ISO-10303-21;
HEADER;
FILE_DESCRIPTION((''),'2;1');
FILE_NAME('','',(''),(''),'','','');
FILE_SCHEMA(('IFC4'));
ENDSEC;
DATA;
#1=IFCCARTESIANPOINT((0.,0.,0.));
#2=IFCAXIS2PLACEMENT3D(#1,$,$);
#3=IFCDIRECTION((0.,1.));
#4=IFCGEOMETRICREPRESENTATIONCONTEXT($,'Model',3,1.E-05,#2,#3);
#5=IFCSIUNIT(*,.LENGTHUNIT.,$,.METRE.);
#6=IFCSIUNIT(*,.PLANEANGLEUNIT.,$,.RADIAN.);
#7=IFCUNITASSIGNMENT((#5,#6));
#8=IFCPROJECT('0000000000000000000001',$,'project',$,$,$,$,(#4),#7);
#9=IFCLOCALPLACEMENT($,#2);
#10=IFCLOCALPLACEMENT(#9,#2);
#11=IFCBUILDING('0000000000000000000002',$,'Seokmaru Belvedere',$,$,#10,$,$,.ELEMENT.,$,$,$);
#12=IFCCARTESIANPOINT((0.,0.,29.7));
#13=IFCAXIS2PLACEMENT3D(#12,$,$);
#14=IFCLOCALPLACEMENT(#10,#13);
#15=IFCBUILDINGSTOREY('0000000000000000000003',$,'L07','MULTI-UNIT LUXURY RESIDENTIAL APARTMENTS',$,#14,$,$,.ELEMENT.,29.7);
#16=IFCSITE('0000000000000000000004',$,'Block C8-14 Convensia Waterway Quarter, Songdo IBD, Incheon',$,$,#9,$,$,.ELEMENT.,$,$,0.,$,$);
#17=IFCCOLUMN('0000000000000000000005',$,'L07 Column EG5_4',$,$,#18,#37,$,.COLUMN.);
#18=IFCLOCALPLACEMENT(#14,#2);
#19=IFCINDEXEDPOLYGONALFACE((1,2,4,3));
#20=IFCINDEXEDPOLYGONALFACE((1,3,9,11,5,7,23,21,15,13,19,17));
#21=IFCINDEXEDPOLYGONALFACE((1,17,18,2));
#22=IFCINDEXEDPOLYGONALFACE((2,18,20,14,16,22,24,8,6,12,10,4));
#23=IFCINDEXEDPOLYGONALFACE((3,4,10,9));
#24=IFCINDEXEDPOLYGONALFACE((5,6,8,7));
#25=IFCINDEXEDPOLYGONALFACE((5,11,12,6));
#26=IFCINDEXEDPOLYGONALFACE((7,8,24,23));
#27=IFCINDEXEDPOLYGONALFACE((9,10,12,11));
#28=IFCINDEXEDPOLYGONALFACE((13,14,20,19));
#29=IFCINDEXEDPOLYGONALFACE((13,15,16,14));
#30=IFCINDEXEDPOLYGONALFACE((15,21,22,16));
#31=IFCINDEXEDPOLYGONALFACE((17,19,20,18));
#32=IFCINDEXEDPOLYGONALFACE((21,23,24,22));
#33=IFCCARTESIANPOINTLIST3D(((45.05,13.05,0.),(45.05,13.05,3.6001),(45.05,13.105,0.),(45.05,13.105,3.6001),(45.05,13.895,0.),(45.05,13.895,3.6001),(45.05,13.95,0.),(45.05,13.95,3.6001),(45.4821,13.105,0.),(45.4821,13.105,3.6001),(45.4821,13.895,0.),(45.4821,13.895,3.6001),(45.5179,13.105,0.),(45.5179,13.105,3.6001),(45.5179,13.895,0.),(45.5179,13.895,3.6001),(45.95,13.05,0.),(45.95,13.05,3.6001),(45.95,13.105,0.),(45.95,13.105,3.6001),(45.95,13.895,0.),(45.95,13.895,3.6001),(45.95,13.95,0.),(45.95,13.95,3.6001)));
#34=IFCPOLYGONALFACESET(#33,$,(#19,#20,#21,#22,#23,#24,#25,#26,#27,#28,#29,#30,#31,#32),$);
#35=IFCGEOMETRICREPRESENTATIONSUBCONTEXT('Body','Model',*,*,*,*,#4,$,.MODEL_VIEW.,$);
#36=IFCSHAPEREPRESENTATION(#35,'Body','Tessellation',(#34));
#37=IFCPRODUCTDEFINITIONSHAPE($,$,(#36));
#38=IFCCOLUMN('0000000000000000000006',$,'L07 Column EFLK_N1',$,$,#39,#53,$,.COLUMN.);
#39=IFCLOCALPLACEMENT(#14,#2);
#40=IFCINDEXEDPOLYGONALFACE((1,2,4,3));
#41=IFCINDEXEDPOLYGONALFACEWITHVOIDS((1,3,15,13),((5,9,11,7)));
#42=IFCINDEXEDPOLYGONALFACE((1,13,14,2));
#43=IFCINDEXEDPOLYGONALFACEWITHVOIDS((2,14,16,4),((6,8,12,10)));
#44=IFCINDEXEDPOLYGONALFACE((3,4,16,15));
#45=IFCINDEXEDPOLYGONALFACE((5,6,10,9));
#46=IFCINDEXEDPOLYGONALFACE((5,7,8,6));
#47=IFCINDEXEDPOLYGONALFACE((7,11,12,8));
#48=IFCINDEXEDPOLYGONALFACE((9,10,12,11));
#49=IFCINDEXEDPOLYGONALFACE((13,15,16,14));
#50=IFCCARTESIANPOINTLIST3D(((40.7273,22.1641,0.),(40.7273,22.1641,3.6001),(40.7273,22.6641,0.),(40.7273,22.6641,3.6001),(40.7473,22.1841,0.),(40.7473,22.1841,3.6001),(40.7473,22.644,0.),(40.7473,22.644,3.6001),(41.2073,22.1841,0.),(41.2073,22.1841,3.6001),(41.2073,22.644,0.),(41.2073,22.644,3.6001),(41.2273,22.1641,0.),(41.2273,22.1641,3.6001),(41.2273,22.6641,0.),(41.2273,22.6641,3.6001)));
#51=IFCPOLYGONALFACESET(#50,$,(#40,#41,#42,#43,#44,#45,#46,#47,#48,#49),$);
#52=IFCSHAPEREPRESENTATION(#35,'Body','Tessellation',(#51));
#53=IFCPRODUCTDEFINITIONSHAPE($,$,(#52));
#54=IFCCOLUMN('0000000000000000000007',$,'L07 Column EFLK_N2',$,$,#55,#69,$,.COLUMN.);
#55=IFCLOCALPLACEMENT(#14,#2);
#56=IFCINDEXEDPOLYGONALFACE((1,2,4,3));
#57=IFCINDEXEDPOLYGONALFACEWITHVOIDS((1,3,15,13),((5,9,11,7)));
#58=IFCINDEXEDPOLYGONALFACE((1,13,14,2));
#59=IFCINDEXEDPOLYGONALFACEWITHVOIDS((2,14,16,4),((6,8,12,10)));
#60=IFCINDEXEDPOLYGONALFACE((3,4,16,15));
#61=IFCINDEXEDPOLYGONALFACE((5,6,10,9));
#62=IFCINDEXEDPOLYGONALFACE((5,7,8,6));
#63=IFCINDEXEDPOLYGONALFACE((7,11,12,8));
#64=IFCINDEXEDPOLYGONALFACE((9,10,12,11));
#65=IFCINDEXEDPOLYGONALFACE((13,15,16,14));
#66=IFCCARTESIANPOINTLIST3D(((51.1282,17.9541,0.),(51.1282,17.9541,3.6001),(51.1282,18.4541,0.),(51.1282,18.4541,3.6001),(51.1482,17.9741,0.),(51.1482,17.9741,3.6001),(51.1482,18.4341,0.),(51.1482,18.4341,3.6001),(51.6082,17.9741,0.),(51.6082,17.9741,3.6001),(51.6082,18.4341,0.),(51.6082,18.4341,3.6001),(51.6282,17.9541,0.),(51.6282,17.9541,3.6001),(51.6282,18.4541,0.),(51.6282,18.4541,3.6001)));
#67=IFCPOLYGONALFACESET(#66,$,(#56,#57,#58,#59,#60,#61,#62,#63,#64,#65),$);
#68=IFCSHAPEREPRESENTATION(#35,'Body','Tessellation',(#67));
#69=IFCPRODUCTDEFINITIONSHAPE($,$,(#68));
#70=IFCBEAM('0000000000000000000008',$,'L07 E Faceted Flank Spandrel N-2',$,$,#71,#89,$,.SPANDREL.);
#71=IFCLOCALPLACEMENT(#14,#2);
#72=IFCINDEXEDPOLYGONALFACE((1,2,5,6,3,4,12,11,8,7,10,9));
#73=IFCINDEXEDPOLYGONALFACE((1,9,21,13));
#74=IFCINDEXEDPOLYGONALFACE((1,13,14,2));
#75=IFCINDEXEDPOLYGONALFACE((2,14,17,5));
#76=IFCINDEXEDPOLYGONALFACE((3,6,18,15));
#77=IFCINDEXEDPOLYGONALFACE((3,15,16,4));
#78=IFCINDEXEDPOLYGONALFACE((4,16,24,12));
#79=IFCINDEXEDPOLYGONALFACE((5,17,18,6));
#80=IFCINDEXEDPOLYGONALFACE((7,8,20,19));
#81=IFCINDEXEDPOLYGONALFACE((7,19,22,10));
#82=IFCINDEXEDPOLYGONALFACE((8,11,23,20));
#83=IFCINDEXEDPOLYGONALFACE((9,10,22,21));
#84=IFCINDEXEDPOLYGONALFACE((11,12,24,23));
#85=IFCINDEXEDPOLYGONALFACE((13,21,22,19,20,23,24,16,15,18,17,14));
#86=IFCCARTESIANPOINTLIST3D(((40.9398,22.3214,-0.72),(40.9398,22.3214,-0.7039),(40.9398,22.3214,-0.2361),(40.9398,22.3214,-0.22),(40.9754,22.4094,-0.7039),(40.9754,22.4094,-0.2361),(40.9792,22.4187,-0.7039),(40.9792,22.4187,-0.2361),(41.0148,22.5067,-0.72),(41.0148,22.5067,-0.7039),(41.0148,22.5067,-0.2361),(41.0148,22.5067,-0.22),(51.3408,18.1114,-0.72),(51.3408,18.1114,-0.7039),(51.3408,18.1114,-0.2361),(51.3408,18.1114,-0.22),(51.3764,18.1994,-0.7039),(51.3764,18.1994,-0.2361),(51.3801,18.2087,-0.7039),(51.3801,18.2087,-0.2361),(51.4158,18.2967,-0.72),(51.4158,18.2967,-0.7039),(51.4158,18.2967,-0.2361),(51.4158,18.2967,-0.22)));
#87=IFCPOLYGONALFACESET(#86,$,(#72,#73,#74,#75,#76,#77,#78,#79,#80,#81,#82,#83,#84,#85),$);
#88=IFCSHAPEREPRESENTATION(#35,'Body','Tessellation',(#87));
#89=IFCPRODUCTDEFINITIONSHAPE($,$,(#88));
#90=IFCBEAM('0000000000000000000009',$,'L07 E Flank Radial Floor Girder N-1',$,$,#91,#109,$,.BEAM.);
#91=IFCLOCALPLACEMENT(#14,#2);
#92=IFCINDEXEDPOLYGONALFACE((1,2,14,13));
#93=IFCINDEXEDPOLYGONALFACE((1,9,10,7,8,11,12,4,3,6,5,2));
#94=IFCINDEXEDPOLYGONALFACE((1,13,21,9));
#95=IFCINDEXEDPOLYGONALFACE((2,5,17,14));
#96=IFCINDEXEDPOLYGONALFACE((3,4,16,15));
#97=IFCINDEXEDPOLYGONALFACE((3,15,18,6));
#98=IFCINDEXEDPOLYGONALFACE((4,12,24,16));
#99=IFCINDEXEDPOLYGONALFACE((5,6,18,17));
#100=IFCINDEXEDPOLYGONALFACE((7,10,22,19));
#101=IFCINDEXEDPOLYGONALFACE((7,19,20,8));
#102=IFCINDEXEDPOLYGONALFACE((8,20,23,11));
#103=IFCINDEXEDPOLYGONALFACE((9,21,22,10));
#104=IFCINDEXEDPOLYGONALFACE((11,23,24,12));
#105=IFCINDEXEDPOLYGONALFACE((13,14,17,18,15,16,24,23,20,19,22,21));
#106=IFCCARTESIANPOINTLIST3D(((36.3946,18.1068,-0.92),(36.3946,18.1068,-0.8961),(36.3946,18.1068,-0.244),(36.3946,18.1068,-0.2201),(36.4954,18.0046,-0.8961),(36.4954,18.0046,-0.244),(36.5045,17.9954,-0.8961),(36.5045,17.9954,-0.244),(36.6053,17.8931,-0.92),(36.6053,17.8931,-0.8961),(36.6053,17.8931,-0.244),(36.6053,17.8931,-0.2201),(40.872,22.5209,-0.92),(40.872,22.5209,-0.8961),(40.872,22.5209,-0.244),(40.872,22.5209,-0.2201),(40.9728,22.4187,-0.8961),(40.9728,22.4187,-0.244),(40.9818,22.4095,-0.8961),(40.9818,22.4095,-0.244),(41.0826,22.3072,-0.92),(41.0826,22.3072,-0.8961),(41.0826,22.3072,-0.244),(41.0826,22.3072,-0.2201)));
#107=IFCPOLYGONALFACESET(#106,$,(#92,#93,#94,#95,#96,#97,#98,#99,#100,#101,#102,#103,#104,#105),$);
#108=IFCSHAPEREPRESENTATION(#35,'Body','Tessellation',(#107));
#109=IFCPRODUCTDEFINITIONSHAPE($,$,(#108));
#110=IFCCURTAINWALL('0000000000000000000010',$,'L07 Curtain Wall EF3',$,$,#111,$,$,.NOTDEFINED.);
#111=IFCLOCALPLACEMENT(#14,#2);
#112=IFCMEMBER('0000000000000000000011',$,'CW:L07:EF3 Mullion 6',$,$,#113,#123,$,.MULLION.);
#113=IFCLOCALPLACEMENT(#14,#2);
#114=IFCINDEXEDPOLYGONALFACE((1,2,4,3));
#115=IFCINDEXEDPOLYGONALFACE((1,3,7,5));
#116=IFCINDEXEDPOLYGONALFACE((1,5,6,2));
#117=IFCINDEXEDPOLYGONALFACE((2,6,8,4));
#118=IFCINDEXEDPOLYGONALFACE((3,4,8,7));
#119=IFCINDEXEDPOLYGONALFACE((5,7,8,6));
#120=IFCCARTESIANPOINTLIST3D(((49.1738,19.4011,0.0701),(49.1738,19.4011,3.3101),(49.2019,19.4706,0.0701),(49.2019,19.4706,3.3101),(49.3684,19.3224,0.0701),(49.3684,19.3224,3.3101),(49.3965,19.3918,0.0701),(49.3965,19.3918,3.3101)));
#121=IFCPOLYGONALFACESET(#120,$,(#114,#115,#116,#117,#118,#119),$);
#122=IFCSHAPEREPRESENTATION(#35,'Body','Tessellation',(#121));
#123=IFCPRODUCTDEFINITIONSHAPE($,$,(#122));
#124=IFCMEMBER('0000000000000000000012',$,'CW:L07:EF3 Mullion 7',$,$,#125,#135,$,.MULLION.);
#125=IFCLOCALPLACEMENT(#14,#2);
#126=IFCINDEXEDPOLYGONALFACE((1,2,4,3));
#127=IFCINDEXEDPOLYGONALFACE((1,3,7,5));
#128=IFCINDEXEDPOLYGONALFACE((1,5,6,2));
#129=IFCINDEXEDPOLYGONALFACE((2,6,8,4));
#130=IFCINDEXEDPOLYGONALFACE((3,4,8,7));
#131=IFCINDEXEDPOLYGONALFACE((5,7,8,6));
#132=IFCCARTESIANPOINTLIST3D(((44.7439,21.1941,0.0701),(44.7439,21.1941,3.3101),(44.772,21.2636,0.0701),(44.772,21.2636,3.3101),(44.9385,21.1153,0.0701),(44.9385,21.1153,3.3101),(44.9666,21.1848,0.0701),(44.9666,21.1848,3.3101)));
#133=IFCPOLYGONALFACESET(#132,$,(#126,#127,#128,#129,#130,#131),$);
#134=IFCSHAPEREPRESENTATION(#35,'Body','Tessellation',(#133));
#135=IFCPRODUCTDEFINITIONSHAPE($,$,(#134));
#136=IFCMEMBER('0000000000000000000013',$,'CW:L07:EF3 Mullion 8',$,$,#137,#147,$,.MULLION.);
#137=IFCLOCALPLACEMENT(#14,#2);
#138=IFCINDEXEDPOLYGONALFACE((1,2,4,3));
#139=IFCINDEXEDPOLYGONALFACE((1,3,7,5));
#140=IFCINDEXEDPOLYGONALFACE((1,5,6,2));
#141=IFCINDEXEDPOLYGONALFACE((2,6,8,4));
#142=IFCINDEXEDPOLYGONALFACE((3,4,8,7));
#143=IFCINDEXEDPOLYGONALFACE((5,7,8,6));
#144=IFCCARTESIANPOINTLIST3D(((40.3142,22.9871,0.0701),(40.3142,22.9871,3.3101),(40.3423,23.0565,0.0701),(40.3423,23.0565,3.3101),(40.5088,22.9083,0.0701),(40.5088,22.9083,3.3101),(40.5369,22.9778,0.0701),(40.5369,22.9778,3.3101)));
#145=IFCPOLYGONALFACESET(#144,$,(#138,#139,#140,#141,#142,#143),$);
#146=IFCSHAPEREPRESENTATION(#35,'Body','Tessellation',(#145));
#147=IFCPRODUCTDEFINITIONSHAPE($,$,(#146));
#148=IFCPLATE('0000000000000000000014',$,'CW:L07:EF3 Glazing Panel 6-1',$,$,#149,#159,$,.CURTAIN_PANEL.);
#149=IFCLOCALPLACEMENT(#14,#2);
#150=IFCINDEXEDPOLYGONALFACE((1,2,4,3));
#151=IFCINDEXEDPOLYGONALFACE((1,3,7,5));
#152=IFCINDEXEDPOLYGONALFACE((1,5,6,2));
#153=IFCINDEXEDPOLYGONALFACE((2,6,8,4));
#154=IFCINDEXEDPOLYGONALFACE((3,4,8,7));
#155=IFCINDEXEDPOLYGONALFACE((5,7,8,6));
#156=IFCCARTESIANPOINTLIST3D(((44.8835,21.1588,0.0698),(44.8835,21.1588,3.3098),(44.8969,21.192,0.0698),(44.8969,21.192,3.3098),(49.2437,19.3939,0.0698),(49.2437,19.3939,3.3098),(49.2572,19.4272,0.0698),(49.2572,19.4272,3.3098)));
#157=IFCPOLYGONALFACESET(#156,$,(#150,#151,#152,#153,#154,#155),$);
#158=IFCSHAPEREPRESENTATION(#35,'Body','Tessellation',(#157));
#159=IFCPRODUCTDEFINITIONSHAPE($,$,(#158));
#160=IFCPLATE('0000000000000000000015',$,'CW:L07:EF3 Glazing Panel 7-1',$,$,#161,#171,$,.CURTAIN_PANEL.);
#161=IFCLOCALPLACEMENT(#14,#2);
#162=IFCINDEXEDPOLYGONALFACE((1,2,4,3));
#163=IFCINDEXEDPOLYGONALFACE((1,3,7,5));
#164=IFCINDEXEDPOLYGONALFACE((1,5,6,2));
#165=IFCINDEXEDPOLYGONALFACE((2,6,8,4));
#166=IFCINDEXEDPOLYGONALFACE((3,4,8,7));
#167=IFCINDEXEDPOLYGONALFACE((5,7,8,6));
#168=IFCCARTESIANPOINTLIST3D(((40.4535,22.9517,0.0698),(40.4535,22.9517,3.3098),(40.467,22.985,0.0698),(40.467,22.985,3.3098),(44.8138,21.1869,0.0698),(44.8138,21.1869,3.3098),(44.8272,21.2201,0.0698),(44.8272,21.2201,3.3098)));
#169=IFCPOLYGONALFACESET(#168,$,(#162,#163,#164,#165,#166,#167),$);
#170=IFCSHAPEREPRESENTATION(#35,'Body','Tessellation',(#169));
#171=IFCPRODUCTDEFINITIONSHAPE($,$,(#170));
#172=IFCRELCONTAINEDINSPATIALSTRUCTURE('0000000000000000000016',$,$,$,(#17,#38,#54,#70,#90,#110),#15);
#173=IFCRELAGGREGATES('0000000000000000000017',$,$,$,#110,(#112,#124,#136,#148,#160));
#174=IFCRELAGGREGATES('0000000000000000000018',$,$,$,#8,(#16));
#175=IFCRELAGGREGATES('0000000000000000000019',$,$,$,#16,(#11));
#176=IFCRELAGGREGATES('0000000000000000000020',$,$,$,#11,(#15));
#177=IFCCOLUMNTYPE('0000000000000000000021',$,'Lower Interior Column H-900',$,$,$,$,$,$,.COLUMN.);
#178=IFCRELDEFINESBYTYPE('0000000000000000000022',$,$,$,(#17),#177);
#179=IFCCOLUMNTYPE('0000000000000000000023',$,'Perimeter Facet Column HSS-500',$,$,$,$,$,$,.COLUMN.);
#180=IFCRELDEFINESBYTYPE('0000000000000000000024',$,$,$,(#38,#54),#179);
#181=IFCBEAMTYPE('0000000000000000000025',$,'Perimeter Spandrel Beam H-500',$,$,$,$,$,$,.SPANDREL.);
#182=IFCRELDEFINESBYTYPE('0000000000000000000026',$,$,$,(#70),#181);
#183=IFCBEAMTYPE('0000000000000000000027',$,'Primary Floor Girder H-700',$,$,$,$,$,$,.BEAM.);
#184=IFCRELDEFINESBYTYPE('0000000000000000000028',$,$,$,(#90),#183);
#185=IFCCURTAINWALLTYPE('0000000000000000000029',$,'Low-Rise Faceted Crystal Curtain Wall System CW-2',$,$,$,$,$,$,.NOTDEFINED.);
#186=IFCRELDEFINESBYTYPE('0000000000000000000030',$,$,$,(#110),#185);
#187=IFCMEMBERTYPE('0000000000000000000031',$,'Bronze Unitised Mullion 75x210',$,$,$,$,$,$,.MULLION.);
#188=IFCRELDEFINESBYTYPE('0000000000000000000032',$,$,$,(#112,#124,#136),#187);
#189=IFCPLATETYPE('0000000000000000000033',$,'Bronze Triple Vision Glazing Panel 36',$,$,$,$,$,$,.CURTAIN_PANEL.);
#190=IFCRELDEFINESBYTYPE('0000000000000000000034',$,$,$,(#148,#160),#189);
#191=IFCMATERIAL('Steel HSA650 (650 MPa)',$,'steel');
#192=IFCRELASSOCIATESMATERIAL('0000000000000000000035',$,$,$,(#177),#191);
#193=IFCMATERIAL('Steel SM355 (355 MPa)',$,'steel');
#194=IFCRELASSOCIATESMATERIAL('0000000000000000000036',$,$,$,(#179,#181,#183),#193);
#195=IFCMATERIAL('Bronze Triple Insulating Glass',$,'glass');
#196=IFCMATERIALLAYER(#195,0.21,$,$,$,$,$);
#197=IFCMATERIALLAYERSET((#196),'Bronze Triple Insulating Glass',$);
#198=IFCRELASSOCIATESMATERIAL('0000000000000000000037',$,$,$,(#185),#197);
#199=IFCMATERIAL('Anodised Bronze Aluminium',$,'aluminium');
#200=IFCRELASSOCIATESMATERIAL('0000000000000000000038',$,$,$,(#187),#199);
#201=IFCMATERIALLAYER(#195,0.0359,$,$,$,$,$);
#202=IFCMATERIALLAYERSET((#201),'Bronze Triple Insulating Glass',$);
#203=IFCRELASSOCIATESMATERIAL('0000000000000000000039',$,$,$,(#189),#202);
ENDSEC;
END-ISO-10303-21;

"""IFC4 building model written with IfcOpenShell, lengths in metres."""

from ifc_helpers import new_model, si_unit, direction, frame, origin, origin_2d, place, context, subcontext, project, spatial, rectangle, hollow_rectangle, i_section, extrude, source, transform, mapped, material, layer, layer_set, material_profile, profile_set, type_object, type_shapes, element, aggregate, save


model = new_model("IFC4")

# Units and contexts
model_context = context("Model", 3, precision=1e-05, world=origin(), true_north=direction((0.0, 1.0)))
body_context = subcontext(model_context, "Body", "Model", "MODEL_VIEW")
ifc_project = project(units=[si_unit("LENGTHUNIT", "METRE"), si_unit("PLANEANGLEUNIT", "RADIAN")], contexts=[model_context])

# Site, building, storey
site_placement = place(None, origin())
site = spatial("IfcSite", under=ifc_project, at=site_placement, Name="Block C8-14 Convensia Waterway Quarter, Songdo IBD, Incheon", CompositionType="ELEMENT", RefElevation=0.0)
building_placement = place(site_placement, origin())
building = spatial("IfcBuilding", under=site, at=building_placement, Name="Seokmaru Belvedere", CompositionType="ELEMENT")
storey_placement = place(building_placement, frame((0.0, 0.0, 29.7)))
storey = spatial("IfcBuildingStorey", under=building, at=storey_placement, Name="L07", Description="MULTI-UNIT LUXURY RESIDENTIAL APARTMENTS", CompositionType="ELEMENT", Elevation=29.7)

# Columns
ifc_material_1 = material(Name="Steel HSA650 (650 MPa)", Category="steel")
ifc_material_profile_1 = material_profile(ifc_material_1, i_section(OverallWidth=0.8999, OverallDepth=0.8999, WebThickness=0.0359, FlangeThickness=0.0549, at=origin_2d()), Name="H-900x900x36x55")
ifc_profile_set_1 = profile_set([ifc_material_profile_1], Name="Steel HSA650 (650 MPa)")
column_type_1 = type_object("IfcColumnType", Name="Lower Interior Column H-900", PredefinedType="COLUMN", material=ifc_profile_set_1)
shared_shape_1 = source(origin(), body_context, "Body", "SweptSolid", [
    extrude(i_section(OverallWidth=0.8999, OverallDepth=0.8999, WebThickness=0.0359, FlangeThickness=0.0549, at=origin_2d()), origin(), (0.0, 0.0, 1.0), 3.6001),
])
type_shapes(column_type_1, [shared_shape_1])
column_placement = place(storey_placement, frame((45.5, 13.5, 0.0), z_axis=(0.0, 0.0, 1.0), x_axis=(1.0, 0.0, 0.0)))
element("IfcColumn", 1, at=column_placement, inside=storey, type_object=column_type_1, Name="L07 Column EG5_4", PredefinedType="COLUMN", context=body_context, shape_type="MappedRepresentation", body=[
    mapped(shared_shape_1, transform((0.0, 0.0, 0.0), scale=1.0)),
])
ifc_material_2 = material(Name="Steel SM355 (355 MPa)", Category="steel")
ifc_material_profile_2 = material_profile(ifc_material_2, hollow_rectangle(XDim=0.5, YDim=0.5, WallThickness=0.02, at=origin_2d()), Name="HSS-500x500x20")
ifc_profile_set_2 = profile_set([ifc_material_profile_2], Name="Steel SM355 (355 MPa)")
column_type_2 = type_object("IfcColumnType", Name="Perimeter Facet Column HSS-500", PredefinedType="COLUMN", material=ifc_profile_set_2)
shared_shape_2 = source(origin(), body_context, "Body", "SweptSolid", [
    extrude(hollow_rectangle(XDim=0.5, YDim=0.5, WallThickness=0.02, at=origin_2d()), origin(), (0.0, 0.0, 1.0), 3.6001),
])
type_shapes(column_type_2, [shared_shape_2])
for number, where, z_axis, x_axis, name in (
    (2, (40.9773, 22.4141, 0.0), (0.0, 0.0, 1.0), (1.0, 0.0, 0.0), "L07 Column EFLK_N1"),
    (3, (51.3782, 18.2041, 0.0), (0.0, 0.0, 1.0), (1.0, 0.0, 0.0), "L07 Column EFLK_N2"),
):
    element("IfcColumn", number, at=place(storey_placement, frame(where, z_axis=z_axis, x_axis=x_axis)), inside=storey, type_object=column_type_2, Name=name, PredefinedType="COLUMN", context=body_context, shape_type="MappedRepresentation", body=[
        mapped(shared_shape_2, transform((0.0, 0.0, 0.0), scale=1.0)),
    ])

# Beams
ifc_material_profile_3 = material_profile(ifc_material_2, i_section(OverallWidth=0.2, OverallDepth=0.5, WebThickness=0.01, FlangeThickness=0.0161, at=origin_2d()), Name="H-500x200x10x16")
ifc_profile_set_3 = profile_set([ifc_material_profile_3], Name="Steel SM355 (355 MPa)")
beam_type_1 = type_object("IfcBeamType", Name="Perimeter Spandrel Beam H-500", PredefinedType="SPANDREL", material=ifc_profile_set_3)
shared_shape_3 = source(origin(), body_context, "Body", "SweptSolid", [
    extrude(i_section(OverallWidth=0.2, OverallDepth=0.5, WebThickness=0.01, FlangeThickness=0.0161, at=origin_2d()), origin(), (0.0, 0.0, 1.0), 11.2207),
])
type_shapes(beam_type_1, [shared_shape_3])
beam_1_placement = place(storey_placement, frame((40.9773, 22.4141, -0.47), z_axis=(0.926944, -0.375199, 0.0), x_axis=(0.375199, 0.926944, 0.0)))
element("IfcBeam", 4, at=beam_1_placement, inside=storey, type_object=beam_type_1, Name="L07 E Faceted Flank Spandrel N-2", PredefinedType="SPANDREL", context=body_context, shape_type="MappedRepresentation", body=[
    mapped(shared_shape_3, transform((0.0, 0.0, 0.0), scale=1.0)),
])
ifc_material_profile_4 = material_profile(ifc_material_2, i_section(OverallWidth=0.3, OverallDepth=0.7, WebThickness=0.0129, FlangeThickness=0.0239, at=origin_2d()), Name="H-700x300x13x24")
ifc_profile_set_4 = profile_set([ifc_material_profile_4], Name="Steel SM355 (355 MPa)")
beam_type_2 = type_object("IfcBeamType", Name="Primary Floor Girder H-700", PredefinedType="BEAM", material=ifc_profile_set_4)
shared_shape_4 = source(origin(), body_context, "Body", "SweptSolid", [
    extrude(i_section(OverallWidth=0.3, OverallDepth=0.7, WebThickness=0.0129, FlangeThickness=0.0239, at=origin_2d()), origin(), (0.0, 0.0, 1.0), 6.2874),
])
type_shapes(beam_type_2, [shared_shape_4])
beam_2_placement = place(storey_placement, frame((40.9773, 22.4141, -0.5701), z_axis=(-0.712117, -0.70206, 0.0), x_axis=(0.70206, -0.712117, 0.0)))
element("IfcBeam", 5, at=beam_2_placement, inside=storey, type_object=beam_type_2, Name="L07 E Flank Radial Floor Girder N-1", PredefinedType="BEAM", context=body_context, shape_type="MappedRepresentation", body=[
    mapped(shared_shape_4, transform((0.0, 0.0, 0.0), scale=1.0)),
])

# Curtain wall, members, plates
ifc_material_3 = material(Name="Bronze Triple Insulating Glass", Category="glass")
ifc_layer_1 = layer(ifc_material_3, 0.21)
ifc_layer_set_1 = layer_set([ifc_layer_1], Name="Bronze Triple Insulating Glass")
curtain_wall_type = type_object("IfcCurtainWallType", Name="Low-Rise Faceted Crystal Curtain Wall System CW-2", PredefinedType="NOTDEFINED", material=ifc_layer_set_1)
curtain_wall_placement = place(storey_placement, origin())
curtain_wall = element("IfcCurtainWall", 6, at=curtain_wall_placement, inside=storey, type_object=curtain_wall_type, Name="L07 Curtain Wall EF3", PredefinedType="NOTDEFINED")
ifc_material_4 = material(Name="Anodised Bronze Aluminium", Category="aluminium")
ifc_material_profile_5 = material_profile(ifc_material_4, rectangle(XDim=0.075, YDim=0.21, at=origin_2d()), Name="CW-M-75x210")
ifc_profile_set_5 = profile_set([ifc_material_profile_5], Name="Anodised Bronze Aluminium")
member_type = type_object("IfcMemberType", Name="Bronze Unitised Mullion 75x210", PredefinedType="MULLION", material=ifc_profile_set_5)
shared_shape_5 = source(origin(), body_context, "Body", "SweptSolid", [
    extrude(rectangle(XDim=0.075, YDim=0.21, at=origin_2d()), origin(), (0.0, 0.0, 1.0), 3.24),
])
type_shapes(member_type, [shared_shape_5])
member_1_placement = place(storey_placement, frame((49.2852, 19.3965, 0.0701), z_axis=(0.0, 0.0, 1.0), x_axis=(-0.375192, -0.926947, 0.0)))
member_1 = element("IfcMember", 7, at=member_1_placement, type_object=member_type, Name="CW:L07:EF3 Mullion 6", PredefinedType="MULLION", context=body_context, shape_type="MappedRepresentation", body=[
    mapped(shared_shape_5, transform((0.0, 0.0, 0.0), scale=1.0)),
])
member_2_placement = place(storey_placement, frame((44.8552, 21.1895, 0.0701), z_axis=(0.0, 0.0, 1.0), x_axis=(-0.375192, -0.926947, 0.0)))
member_2 = element("IfcMember", 8, at=member_2_placement, type_object=member_type, Name="CW:L07:EF3 Mullion 7", PredefinedType="MULLION", context=body_context, shape_type="MappedRepresentation", body=[
    mapped(shared_shape_5, transform((0.0, 0.0, 0.0), scale=1.0)),
])
member_3_placement = place(storey_placement, frame((40.4255, 22.9824, 0.0701), z_axis=(0.0, 0.0, 1.0), x_axis=(-0.375192, -0.926947, 0.0)))
member_3 = element("IfcMember", 9, at=member_3_placement, type_object=member_type, Name="CW:L07:EF3 Mullion 8", PredefinedType="MULLION", context=body_context, shape_type="MappedRepresentation", body=[
    mapped(shared_shape_5, transform((0.0, 0.0, 0.0), scale=1.0)),
])
ifc_layer_2 = layer(ifc_material_3, 0.0359)
ifc_layer_set_2 = layer_set([ifc_layer_2], Name="Bronze Triple Insulating Glass")
plate_type = type_object("IfcPlateType", Name="Bronze Triple Vision Glazing Panel 36", PredefinedType="CURTAIN_PANEL", material=ifc_layer_set_2)
shared_shape_6 = source(origin(), body_context, "Body", "SweptSolid", [
    extrude(rectangle(XDim=4.7039, YDim=0.0359, at=origin_2d()), origin(), (0.0, 0.0, 1.0), 3.24),
])
type_shapes(plate_type, [shared_shape_6])
plate_1_placement = place(storey_placement, frame((47.0703, 20.293, 0.0698), z_axis=(0.0, 0.0, 1.0), x_axis=(-0.926947, 0.375192, 0.0)))
plate_1 = element("IfcPlate", 10, at=plate_1_placement, type_object=plate_type, Name="CW:L07:EF3 Glazing Panel 6-1", PredefinedType="CURTAIN_PANEL", context=body_context, shape_type="MappedRepresentation", body=[
    mapped(shared_shape_6, transform((0.0, 0.0, 0.0), scale=1.0)),
])
plate_2_placement = place(storey_placement, frame((42.6404, 22.0859, 0.0698), z_axis=(0.0, 0.0, 1.0), x_axis=(-0.926947, 0.375192, 0.0)))
plate_2 = element("IfcPlate", 11, at=plate_2_placement, type_object=plate_type, Name="CW:L07:EF3 Glazing Panel 7-1", PredefinedType="CURTAIN_PANEL", context=body_context, shape_type="MappedRepresentation", body=[
    mapped(shared_shape_6, transform((0.0, 0.0, 0.0), scale=1.0)),
])
aggregate(curtain_wall, [member_1, member_2, member_3, plate_1, plate_2])

save(model, "model.ifc")
